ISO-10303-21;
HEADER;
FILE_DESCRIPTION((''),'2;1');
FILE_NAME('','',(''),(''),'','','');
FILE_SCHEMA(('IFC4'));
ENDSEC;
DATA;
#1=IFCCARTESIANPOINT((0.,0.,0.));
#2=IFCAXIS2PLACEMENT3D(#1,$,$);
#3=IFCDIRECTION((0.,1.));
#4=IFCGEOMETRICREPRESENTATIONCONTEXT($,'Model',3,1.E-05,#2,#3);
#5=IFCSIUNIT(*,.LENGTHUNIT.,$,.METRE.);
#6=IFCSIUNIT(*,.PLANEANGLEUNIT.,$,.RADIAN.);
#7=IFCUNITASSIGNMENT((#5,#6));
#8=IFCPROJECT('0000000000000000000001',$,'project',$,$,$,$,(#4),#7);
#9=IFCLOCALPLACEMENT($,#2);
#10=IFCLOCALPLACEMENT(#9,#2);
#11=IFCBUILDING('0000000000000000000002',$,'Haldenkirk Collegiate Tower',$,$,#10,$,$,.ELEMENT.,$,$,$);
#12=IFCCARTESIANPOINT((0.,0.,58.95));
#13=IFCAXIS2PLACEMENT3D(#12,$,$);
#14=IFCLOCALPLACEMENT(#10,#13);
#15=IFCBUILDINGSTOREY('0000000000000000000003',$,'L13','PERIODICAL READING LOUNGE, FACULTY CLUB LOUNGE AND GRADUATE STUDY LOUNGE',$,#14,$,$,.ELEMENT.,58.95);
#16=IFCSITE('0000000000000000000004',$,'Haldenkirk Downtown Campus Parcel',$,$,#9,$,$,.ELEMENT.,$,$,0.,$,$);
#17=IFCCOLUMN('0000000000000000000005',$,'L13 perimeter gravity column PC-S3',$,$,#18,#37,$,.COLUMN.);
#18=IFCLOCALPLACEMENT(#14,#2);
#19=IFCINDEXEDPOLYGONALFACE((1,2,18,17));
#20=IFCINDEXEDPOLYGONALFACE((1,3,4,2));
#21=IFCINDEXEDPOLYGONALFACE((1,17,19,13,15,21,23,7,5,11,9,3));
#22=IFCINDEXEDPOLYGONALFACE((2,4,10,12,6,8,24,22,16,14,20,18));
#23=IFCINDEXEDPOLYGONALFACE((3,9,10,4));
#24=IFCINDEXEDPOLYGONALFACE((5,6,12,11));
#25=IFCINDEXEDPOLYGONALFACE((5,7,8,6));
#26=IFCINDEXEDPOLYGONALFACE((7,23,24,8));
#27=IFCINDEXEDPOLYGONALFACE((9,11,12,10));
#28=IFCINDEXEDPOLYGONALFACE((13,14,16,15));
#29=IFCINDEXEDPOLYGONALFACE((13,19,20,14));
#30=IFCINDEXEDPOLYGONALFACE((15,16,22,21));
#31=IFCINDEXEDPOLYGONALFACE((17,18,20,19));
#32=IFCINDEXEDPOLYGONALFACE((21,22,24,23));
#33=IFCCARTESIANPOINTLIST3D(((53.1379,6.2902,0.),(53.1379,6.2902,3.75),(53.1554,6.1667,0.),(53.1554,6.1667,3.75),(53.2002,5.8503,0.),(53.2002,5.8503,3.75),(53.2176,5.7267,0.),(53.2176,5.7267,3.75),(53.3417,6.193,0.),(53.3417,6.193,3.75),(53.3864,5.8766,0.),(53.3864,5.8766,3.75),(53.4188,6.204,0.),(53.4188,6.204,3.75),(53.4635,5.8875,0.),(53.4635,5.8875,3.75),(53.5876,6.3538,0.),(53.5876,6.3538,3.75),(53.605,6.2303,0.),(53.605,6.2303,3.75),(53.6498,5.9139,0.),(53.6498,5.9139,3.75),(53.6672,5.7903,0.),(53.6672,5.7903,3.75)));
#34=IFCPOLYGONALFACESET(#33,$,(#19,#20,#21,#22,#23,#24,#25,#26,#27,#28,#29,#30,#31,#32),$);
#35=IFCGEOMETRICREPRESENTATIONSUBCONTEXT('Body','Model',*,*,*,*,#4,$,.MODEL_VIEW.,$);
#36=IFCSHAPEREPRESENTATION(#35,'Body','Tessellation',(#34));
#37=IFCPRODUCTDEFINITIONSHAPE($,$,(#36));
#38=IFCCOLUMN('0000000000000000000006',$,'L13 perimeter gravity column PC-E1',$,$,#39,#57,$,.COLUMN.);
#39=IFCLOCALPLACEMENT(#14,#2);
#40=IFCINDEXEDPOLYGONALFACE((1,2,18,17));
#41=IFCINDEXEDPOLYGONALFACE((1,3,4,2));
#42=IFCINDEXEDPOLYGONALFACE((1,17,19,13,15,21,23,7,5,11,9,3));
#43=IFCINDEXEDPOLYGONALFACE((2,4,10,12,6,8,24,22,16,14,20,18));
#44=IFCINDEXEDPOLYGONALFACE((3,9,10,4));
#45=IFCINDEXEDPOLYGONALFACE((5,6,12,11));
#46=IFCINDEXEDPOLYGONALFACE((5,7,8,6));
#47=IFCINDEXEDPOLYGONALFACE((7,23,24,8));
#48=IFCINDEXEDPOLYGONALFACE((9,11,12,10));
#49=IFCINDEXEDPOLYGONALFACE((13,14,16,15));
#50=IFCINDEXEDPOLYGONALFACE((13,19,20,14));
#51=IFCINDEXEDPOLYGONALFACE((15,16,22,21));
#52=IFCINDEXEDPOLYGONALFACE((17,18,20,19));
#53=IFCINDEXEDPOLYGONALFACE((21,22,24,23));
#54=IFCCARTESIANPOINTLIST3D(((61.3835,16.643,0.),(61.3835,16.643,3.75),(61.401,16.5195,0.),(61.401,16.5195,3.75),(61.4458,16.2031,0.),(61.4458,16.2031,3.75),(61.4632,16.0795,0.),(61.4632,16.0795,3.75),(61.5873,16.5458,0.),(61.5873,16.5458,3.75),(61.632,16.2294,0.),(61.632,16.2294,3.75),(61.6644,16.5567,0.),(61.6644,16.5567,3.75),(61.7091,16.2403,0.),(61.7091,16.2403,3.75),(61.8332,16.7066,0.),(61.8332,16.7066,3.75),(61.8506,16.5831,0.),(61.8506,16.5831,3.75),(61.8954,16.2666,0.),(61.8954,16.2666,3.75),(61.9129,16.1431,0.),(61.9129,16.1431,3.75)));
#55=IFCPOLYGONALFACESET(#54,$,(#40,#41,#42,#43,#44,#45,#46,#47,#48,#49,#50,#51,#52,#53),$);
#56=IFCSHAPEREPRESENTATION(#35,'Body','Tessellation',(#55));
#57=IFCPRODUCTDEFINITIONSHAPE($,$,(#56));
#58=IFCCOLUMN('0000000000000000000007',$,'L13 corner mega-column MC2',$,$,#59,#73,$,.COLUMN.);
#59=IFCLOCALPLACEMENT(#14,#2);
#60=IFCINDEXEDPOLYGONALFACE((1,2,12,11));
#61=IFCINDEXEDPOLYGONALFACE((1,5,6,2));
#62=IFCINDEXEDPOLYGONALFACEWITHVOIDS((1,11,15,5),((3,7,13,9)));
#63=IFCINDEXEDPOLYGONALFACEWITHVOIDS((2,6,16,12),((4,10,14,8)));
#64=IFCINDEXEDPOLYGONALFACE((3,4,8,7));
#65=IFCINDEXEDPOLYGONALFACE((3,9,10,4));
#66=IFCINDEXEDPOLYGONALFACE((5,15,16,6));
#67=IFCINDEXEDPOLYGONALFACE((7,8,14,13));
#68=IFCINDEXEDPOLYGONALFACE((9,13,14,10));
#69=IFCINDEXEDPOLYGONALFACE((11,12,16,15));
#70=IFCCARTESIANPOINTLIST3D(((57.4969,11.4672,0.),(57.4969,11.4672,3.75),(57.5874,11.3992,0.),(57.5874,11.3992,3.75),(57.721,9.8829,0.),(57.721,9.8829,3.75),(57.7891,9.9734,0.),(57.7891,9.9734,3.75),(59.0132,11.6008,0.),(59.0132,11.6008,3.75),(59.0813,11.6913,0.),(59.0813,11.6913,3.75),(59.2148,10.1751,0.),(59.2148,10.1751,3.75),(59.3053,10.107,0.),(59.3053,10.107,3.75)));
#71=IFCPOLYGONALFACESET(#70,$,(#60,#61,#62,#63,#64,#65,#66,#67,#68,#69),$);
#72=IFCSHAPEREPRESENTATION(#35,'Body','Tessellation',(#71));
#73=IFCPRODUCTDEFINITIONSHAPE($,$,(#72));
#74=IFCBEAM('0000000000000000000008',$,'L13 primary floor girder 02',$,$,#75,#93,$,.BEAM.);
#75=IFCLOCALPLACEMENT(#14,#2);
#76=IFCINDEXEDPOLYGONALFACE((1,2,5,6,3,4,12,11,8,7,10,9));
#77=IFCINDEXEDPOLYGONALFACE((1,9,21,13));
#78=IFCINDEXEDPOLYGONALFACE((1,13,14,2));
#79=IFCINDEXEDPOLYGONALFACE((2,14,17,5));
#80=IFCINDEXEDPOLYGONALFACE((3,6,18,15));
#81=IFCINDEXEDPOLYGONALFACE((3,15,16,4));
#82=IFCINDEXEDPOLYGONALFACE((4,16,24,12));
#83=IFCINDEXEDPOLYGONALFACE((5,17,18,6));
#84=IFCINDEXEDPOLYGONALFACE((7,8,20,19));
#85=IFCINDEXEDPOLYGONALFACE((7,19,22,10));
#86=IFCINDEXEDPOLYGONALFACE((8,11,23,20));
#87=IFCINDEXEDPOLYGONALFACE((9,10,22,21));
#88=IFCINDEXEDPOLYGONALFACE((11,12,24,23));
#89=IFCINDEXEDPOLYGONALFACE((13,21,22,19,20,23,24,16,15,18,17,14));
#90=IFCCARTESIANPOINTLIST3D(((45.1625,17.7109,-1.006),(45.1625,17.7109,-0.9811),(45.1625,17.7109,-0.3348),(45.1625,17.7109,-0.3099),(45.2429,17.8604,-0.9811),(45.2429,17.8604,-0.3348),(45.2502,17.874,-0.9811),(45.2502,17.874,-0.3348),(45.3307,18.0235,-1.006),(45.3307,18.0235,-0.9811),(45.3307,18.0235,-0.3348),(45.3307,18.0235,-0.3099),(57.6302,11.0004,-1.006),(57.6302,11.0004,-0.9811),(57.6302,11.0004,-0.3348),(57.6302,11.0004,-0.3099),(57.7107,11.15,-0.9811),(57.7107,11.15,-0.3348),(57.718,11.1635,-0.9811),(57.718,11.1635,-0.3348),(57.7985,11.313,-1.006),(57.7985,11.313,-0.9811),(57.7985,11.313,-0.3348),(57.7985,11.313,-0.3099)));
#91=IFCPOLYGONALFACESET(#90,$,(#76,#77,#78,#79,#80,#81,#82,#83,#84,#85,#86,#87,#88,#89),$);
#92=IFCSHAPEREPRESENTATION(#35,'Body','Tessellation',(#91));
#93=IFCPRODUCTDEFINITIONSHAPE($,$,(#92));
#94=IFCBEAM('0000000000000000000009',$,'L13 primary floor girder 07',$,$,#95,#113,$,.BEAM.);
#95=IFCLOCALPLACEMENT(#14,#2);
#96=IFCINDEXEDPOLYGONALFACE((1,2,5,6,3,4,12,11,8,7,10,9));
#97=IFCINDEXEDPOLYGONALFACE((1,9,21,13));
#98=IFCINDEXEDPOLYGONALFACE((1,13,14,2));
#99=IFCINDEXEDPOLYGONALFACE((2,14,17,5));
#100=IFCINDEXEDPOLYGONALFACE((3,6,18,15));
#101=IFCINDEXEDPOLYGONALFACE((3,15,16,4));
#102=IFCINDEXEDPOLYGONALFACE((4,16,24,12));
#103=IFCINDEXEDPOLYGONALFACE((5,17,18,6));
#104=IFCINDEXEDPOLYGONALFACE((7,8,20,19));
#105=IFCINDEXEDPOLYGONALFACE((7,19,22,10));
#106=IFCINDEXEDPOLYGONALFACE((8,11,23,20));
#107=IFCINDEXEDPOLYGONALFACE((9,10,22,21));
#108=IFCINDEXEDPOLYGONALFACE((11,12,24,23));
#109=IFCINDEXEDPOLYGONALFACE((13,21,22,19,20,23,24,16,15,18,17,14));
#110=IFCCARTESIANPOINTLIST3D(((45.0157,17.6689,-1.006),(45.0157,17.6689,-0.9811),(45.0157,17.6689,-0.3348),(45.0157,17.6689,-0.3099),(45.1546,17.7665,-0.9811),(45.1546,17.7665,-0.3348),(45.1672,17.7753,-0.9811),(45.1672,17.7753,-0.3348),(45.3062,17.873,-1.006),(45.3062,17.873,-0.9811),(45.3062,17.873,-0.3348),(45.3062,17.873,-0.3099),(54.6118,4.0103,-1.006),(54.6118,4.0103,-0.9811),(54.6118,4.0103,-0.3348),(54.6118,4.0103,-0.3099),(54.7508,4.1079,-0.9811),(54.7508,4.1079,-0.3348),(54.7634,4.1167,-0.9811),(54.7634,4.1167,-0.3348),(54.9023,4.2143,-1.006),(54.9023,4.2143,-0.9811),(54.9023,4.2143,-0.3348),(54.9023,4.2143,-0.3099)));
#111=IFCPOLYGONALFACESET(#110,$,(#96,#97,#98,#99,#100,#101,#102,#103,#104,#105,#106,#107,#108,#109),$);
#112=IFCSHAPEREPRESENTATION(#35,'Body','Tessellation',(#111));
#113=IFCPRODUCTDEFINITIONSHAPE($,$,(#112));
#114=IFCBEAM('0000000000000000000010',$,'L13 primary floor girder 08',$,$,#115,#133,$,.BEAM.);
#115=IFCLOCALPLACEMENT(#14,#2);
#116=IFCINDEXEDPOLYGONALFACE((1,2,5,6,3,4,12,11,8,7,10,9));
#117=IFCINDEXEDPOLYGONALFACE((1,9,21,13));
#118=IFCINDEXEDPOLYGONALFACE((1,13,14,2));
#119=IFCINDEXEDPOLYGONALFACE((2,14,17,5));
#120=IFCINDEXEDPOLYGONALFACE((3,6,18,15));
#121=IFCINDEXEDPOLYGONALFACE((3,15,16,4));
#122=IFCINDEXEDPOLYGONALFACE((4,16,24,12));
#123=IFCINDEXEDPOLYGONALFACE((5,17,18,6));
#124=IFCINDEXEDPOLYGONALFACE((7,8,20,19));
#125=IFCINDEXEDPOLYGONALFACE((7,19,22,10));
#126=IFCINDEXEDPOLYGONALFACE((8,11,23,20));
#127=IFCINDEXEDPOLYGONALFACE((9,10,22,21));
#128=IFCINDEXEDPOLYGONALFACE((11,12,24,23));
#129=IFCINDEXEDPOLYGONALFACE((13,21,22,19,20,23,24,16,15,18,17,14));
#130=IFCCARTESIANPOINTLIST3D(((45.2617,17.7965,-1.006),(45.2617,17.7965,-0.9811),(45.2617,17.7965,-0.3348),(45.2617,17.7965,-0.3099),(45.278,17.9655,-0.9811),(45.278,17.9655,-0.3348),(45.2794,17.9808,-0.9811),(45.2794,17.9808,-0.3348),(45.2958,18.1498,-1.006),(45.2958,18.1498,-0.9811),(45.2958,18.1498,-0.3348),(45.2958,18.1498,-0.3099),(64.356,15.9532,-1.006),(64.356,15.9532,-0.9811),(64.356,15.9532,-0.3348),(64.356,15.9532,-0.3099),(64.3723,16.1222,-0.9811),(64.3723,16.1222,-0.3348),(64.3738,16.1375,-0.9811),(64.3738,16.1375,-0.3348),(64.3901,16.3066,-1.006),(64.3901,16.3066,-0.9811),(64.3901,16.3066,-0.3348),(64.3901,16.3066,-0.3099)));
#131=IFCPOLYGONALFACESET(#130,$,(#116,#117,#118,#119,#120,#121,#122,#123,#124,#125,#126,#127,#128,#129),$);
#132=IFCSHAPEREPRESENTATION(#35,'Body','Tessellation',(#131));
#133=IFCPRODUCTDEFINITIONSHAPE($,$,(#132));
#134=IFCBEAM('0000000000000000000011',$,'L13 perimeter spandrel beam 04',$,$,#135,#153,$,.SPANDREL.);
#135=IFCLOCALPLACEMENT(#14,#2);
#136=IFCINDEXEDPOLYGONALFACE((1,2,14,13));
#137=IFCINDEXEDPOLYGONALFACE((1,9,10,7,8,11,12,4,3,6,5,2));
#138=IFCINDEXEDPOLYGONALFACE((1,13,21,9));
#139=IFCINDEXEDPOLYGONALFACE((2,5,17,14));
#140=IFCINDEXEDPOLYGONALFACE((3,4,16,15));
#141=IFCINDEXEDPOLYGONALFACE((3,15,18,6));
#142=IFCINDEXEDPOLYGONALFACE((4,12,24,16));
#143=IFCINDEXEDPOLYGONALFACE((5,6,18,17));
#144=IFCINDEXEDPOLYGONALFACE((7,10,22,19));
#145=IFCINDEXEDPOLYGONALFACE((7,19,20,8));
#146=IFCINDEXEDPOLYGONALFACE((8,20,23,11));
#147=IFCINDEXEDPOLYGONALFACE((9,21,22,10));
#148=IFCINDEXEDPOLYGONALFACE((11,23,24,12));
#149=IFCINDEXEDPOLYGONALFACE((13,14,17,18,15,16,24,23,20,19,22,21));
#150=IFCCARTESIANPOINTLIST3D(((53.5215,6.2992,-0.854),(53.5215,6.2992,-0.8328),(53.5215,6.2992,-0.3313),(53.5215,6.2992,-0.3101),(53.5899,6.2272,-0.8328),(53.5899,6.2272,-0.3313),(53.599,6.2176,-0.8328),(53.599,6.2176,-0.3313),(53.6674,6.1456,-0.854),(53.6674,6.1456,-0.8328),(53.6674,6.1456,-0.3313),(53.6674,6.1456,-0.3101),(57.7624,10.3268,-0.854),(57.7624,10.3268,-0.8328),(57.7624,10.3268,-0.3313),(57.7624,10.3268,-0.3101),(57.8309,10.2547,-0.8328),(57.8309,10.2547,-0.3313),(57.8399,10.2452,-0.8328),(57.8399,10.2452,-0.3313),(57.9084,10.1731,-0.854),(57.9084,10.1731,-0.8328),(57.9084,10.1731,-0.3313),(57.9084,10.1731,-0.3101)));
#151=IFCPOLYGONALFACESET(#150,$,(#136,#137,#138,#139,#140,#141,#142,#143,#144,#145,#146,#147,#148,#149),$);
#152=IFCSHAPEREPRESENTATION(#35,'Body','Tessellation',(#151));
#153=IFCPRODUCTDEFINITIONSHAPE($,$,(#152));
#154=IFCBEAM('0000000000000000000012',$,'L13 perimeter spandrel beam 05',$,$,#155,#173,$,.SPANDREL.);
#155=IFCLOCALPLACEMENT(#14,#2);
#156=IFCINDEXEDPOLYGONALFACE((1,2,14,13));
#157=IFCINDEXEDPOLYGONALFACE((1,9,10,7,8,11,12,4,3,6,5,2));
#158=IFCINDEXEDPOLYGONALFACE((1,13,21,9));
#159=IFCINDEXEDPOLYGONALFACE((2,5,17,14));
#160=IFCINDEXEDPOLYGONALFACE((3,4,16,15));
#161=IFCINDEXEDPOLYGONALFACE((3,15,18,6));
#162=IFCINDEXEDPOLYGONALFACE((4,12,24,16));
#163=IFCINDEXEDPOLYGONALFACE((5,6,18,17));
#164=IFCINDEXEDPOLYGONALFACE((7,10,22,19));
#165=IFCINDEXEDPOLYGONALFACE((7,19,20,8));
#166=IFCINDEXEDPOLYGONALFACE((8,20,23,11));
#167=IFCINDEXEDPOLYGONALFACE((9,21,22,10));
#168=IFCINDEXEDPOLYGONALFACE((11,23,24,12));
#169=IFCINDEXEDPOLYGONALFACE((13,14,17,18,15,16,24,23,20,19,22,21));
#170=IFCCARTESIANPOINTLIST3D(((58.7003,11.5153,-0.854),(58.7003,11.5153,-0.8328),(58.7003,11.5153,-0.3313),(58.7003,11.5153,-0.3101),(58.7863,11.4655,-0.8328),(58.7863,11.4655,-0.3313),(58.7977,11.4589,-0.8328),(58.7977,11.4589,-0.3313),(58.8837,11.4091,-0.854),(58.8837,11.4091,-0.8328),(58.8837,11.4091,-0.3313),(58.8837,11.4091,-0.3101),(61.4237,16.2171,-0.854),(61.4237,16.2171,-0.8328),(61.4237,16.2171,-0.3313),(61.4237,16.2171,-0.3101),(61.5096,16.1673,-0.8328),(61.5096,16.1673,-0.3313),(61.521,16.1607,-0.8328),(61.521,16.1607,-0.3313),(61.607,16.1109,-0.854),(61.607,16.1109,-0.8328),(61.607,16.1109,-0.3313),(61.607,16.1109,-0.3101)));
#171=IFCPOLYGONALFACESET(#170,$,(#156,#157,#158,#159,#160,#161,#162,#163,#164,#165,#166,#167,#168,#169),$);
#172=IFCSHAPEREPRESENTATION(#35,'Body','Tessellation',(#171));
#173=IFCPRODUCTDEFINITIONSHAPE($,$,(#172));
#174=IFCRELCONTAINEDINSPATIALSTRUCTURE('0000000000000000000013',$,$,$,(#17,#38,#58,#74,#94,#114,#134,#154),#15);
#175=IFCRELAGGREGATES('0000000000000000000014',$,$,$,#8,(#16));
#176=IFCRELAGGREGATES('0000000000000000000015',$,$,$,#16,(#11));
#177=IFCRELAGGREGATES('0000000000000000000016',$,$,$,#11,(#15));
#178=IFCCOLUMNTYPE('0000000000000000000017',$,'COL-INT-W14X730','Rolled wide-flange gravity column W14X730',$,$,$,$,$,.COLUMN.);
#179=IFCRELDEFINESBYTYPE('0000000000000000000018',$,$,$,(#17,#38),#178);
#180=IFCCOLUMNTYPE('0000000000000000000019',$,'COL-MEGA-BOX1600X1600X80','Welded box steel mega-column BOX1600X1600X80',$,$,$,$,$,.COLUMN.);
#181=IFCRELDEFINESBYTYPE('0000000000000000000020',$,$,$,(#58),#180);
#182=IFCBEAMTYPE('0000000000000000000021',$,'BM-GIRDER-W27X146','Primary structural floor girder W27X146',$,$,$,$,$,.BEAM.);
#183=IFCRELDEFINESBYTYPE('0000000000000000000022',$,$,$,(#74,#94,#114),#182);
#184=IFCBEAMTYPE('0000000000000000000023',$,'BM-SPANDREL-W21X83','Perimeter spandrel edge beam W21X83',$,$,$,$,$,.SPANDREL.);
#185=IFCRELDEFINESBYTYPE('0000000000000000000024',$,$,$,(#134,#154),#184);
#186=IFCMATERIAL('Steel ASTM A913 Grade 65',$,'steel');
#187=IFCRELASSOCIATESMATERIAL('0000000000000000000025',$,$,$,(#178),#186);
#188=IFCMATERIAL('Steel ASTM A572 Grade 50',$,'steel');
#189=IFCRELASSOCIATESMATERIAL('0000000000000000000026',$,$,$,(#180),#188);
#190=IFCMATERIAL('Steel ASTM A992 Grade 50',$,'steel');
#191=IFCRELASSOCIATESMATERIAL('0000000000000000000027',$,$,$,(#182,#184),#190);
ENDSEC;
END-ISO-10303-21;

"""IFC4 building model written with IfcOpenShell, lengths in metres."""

from ifc_helpers import new_model, si_unit, direction, frame, origin, origin_2d, place, context, subcontext, project, spatial, hollow_rectangle, i_section, extrude, material, material_profile, profile_set, type_object, element, save


model = new_model("IFC4")

# Units and contexts
model_context = context("Model", 3, precision=1e-05, world=origin(), true_north=direction((0.0, 1.0)))
body_context = subcontext(model_context, "Body", "Model", "MODEL_VIEW")
ifc_project = project(units=[si_unit("LENGTHUNIT", "METRE"), si_unit("PLANEANGLEUNIT", "RADIAN")], contexts=[model_context])

# Site, building, storey
site_placement = place(None, origin())
site = spatial("IfcSite", under=ifc_project, at=site_placement, Name="Haldenkirk Downtown Campus Parcel", CompositionType="ELEMENT", RefElevation=0.0)
building_placement = place(site_placement, origin())
building = spatial("IfcBuilding", under=site, at=building_placement, Name="Haldenkirk Collegiate Tower", CompositionType="ELEMENT")
storey_placement = place(building_placement, frame((0.0, 0.0, 58.95)))
storey = spatial("IfcBuildingStorey", under=building, at=storey_placement, Name="L13", Description="PERIODICAL READING LOUNGE, FACULTY CLUB LOUNGE AND GRADUATE STUDY LOUNGE", CompositionType="ELEMENT", Elevation=58.95)

# Columns
ifc_material_1 = material(Name="Steel ASTM A913 Grade 65", Category="steel")
ifc_material_profile_1 = material_profile(ifc_material_1, i_section(OverallWidth=0.4541, OverallDepth=0.5691, WebThickness=0.0779, FlangeThickness=0.1248, at=origin_2d()), Name="W14X730")
ifc_profile_set_1 = profile_set([ifc_material_profile_1], Name="Steel ASTM A913 Grade 65")
column_type_1 = type_object("IfcColumnType", Name="COL-INT-W14X730", Description="Rolled wide-flange gravity column W14X730", PredefinedType="COLUMN", material=ifc_profile_set_1)
for number, where, z_axis, x_axis, name in (
    (1, (53.4026, 6.0403, 0.0), (0.0, 0.0, 1.0), (0.990146, 0.140037, 0.0), "L13 perimeter gravity column PC-S3"),
    (2, (61.6482, 16.3931, 0.0), (0.0, 0.0, 1.0), (0.990146, 0.140037, 0.0), "L13 perimeter gravity column PC-E1"),
):
    element("IfcColumn", number, at=place(storey_placement, frame(where, z_axis=z_axis, x_axis=x_axis)), inside=storey, type_object=column_type_1, Name=name, PredefinedType="COLUMN", context=body_context, shape_type="SweptSolid", body=[
        extrude(i_section(OverallWidth=0.4541, OverallDepth=0.5691, WebThickness=0.0779, FlangeThickness=0.1248, at=origin_2d()), origin(), (0.0, 0.0, 1.0), 3.75),
    ])
ifc_material_2 = material(Name="Steel ASTM A572 Grade 50", Category="steel")
ifc_material_profile_2 = material_profile(ifc_material_2, hollow_rectangle(XDim=1.6001, YDim=1.6001, WallThickness=0.0801, at=origin_2d()), Name="BOX1600X1600X80")
ifc_profile_set_2 = profile_set([ifc_material_profile_2], Name="Steel ASTM A572 Grade 50")
column_type_2 = type_object("IfcColumnType", Name="COL-MEGA-BOX1600X1600X80", Description="Welded box steel mega-column BOX1600X1600X80", PredefinedType="COLUMN", material=ifc_profile_set_2)
column_placement = place(storey_placement, frame((58.4011, 10.7871, 0.0), z_axis=(0.0, 0.0, 1.0), x_axis=(0.990146, 0.140037, 0.0)))
element("IfcColumn", 3, at=column_placement, inside=storey, type_object=column_type_2, Name="L13 corner mega-column MC2", PredefinedType="COLUMN", context=body_context, shape_type="SweptSolid", body=[
    extrude(hollow_rectangle(XDim=1.6001, YDim=1.6001, WallThickness=0.0801, at=origin_2d()), origin(), (0.0, 0.0, 1.0), 3.75),
])

# Beams
ifc_material_3 = material(Name="Steel ASTM A992 Grade 50", Category="steel")
ifc_material_profile_3 = material_profile(ifc_material_3, i_section(OverallWidth=0.355, OverallDepth=0.696, WebThickness=0.0154, FlangeThickness=0.0249, at=origin_2d()), Name="W27X146")
ifc_profile_set_3 = profile_set([ifc_material_profile_3], Name="Steel ASTM A992 Grade 50")
beam_type_1 = type_object("IfcBeamType", Name="BM-GIRDER-W27X146", Description="Primary structural floor girder W27X146", PredefinedType="BEAM", material=ifc_profile_set_3)
beam_1_placement = place(storey_placement, frame((57.7144, 11.1567, -0.658), z_axis=(-0.880559, 0.473937, 0.0), x_axis=(-0.473937, -0.880559, 0.0)))
element("IfcBeam", 4, at=beam_1_placement, inside=storey, type_object=beam_type_1, Name="L13 primary floor girder 02", PredefinedType="BEAM", context=body_context, shape_type="SweptSolid", body=[
    extrude(i_section(OverallWidth=0.355, OverallDepth=0.696, WebThickness=0.0154, FlangeThickness=0.0249, at=origin_2d()), origin(), (0.0, 0.0, 1.0), 14.1589),
])
beam_2_placement = place(storey_placement, frame((54.7571, 4.1123, -0.658), z_axis=(-0.574873, 0.818243, 0.0), x_axis=(-0.818243, -0.574873, 0.0)))
element("IfcBeam", 5, at=beam_2_placement, inside=storey, type_object=beam_type_1, Name="L13 primary floor girder 07", PredefinedType="BEAM", context=body_context, shape_type="SweptSolid", body=[
    extrude(i_section(OverallWidth=0.355, OverallDepth=0.696, WebThickness=0.0154, FlangeThickness=0.0249, at=origin_2d()), origin(), (0.0, 0.0, 1.0), 16.6926),
])
beam_3_placement = place(storey_placement, frame((64.373, 16.1299, -0.658), z_axis=(-0.995373, 0.096088, 0.0), x_axis=(-0.096088, -0.995373, 0.0)))
element("IfcBeam", 6, at=beam_3_placement, inside=storey, type_object=beam_type_1, Name="L13 primary floor girder 08", PredefinedType="BEAM", context=body_context, shape_type="SweptSolid", body=[
    extrude(i_section(OverallWidth=0.355, OverallDepth=0.696, WebThickness=0.0154, FlangeThickness=0.0249, at=origin_2d()), origin(), (0.0, 0.0, 1.0), 19.1831),
])
ifc_material_profile_4 = material_profile(ifc_material_3, i_section(OverallWidth=0.2119, OverallDepth=0.5439, WebThickness=0.0132, FlangeThickness=0.0212, at=origin_2d()), Name="W21X83")
ifc_profile_set_4 = profile_set([ifc_material_profile_4], Name="Steel ASTM A992 Grade 50")
beam_type_2 = type_object("IfcBeamType", Name="BM-SPANDREL-W21X83", Description="Perimeter spandrel edge beam W21X83", PredefinedType="SPANDREL", material=ifc_profile_set_4)
beam_4_placement = place(storey_placement, frame((53.5945, 6.2224, -0.582), z_axis=(0.725113, 0.68863, 0.0), x_axis=(-0.68863, 0.725113, 0.0)))
element("IfcBeam", 7, at=beam_4_placement, inside=storey, type_object=beam_type_2, Name="L13 perimeter spandrel beam 04", PredefinedType="SPANDREL", context=body_context, shape_type="SweptSolid", body=[
    extrude(i_section(OverallWidth=0.2119, OverallDepth=0.5439, WebThickness=0.0132, FlangeThickness=0.0212, at=origin_2d()), origin(), (0.0, 0.0, 1.0), 5.8486),
])
beam_5_placement = place(storey_placement, frame((58.792, 11.4622, -0.582), z_axis=(0.501206, 0.865328, 0.0), x_axis=(-0.865328, 0.501206, 0.0)))
element("IfcBeam", 8, at=beam_5_placement, inside=storey, type_object=beam_type_2, Name="L13 perimeter spandrel beam 05", PredefinedType="SPANDREL", context=body_context, shape_type="SweptSolid", body=[
    extrude(i_section(OverallWidth=0.2119, OverallDepth=0.5439, WebThickness=0.0132, FlangeThickness=0.0212, at=origin_2d()), origin(), (0.0, 0.0, 1.0), 5.4336),
])

save(model, "model.ifc")
